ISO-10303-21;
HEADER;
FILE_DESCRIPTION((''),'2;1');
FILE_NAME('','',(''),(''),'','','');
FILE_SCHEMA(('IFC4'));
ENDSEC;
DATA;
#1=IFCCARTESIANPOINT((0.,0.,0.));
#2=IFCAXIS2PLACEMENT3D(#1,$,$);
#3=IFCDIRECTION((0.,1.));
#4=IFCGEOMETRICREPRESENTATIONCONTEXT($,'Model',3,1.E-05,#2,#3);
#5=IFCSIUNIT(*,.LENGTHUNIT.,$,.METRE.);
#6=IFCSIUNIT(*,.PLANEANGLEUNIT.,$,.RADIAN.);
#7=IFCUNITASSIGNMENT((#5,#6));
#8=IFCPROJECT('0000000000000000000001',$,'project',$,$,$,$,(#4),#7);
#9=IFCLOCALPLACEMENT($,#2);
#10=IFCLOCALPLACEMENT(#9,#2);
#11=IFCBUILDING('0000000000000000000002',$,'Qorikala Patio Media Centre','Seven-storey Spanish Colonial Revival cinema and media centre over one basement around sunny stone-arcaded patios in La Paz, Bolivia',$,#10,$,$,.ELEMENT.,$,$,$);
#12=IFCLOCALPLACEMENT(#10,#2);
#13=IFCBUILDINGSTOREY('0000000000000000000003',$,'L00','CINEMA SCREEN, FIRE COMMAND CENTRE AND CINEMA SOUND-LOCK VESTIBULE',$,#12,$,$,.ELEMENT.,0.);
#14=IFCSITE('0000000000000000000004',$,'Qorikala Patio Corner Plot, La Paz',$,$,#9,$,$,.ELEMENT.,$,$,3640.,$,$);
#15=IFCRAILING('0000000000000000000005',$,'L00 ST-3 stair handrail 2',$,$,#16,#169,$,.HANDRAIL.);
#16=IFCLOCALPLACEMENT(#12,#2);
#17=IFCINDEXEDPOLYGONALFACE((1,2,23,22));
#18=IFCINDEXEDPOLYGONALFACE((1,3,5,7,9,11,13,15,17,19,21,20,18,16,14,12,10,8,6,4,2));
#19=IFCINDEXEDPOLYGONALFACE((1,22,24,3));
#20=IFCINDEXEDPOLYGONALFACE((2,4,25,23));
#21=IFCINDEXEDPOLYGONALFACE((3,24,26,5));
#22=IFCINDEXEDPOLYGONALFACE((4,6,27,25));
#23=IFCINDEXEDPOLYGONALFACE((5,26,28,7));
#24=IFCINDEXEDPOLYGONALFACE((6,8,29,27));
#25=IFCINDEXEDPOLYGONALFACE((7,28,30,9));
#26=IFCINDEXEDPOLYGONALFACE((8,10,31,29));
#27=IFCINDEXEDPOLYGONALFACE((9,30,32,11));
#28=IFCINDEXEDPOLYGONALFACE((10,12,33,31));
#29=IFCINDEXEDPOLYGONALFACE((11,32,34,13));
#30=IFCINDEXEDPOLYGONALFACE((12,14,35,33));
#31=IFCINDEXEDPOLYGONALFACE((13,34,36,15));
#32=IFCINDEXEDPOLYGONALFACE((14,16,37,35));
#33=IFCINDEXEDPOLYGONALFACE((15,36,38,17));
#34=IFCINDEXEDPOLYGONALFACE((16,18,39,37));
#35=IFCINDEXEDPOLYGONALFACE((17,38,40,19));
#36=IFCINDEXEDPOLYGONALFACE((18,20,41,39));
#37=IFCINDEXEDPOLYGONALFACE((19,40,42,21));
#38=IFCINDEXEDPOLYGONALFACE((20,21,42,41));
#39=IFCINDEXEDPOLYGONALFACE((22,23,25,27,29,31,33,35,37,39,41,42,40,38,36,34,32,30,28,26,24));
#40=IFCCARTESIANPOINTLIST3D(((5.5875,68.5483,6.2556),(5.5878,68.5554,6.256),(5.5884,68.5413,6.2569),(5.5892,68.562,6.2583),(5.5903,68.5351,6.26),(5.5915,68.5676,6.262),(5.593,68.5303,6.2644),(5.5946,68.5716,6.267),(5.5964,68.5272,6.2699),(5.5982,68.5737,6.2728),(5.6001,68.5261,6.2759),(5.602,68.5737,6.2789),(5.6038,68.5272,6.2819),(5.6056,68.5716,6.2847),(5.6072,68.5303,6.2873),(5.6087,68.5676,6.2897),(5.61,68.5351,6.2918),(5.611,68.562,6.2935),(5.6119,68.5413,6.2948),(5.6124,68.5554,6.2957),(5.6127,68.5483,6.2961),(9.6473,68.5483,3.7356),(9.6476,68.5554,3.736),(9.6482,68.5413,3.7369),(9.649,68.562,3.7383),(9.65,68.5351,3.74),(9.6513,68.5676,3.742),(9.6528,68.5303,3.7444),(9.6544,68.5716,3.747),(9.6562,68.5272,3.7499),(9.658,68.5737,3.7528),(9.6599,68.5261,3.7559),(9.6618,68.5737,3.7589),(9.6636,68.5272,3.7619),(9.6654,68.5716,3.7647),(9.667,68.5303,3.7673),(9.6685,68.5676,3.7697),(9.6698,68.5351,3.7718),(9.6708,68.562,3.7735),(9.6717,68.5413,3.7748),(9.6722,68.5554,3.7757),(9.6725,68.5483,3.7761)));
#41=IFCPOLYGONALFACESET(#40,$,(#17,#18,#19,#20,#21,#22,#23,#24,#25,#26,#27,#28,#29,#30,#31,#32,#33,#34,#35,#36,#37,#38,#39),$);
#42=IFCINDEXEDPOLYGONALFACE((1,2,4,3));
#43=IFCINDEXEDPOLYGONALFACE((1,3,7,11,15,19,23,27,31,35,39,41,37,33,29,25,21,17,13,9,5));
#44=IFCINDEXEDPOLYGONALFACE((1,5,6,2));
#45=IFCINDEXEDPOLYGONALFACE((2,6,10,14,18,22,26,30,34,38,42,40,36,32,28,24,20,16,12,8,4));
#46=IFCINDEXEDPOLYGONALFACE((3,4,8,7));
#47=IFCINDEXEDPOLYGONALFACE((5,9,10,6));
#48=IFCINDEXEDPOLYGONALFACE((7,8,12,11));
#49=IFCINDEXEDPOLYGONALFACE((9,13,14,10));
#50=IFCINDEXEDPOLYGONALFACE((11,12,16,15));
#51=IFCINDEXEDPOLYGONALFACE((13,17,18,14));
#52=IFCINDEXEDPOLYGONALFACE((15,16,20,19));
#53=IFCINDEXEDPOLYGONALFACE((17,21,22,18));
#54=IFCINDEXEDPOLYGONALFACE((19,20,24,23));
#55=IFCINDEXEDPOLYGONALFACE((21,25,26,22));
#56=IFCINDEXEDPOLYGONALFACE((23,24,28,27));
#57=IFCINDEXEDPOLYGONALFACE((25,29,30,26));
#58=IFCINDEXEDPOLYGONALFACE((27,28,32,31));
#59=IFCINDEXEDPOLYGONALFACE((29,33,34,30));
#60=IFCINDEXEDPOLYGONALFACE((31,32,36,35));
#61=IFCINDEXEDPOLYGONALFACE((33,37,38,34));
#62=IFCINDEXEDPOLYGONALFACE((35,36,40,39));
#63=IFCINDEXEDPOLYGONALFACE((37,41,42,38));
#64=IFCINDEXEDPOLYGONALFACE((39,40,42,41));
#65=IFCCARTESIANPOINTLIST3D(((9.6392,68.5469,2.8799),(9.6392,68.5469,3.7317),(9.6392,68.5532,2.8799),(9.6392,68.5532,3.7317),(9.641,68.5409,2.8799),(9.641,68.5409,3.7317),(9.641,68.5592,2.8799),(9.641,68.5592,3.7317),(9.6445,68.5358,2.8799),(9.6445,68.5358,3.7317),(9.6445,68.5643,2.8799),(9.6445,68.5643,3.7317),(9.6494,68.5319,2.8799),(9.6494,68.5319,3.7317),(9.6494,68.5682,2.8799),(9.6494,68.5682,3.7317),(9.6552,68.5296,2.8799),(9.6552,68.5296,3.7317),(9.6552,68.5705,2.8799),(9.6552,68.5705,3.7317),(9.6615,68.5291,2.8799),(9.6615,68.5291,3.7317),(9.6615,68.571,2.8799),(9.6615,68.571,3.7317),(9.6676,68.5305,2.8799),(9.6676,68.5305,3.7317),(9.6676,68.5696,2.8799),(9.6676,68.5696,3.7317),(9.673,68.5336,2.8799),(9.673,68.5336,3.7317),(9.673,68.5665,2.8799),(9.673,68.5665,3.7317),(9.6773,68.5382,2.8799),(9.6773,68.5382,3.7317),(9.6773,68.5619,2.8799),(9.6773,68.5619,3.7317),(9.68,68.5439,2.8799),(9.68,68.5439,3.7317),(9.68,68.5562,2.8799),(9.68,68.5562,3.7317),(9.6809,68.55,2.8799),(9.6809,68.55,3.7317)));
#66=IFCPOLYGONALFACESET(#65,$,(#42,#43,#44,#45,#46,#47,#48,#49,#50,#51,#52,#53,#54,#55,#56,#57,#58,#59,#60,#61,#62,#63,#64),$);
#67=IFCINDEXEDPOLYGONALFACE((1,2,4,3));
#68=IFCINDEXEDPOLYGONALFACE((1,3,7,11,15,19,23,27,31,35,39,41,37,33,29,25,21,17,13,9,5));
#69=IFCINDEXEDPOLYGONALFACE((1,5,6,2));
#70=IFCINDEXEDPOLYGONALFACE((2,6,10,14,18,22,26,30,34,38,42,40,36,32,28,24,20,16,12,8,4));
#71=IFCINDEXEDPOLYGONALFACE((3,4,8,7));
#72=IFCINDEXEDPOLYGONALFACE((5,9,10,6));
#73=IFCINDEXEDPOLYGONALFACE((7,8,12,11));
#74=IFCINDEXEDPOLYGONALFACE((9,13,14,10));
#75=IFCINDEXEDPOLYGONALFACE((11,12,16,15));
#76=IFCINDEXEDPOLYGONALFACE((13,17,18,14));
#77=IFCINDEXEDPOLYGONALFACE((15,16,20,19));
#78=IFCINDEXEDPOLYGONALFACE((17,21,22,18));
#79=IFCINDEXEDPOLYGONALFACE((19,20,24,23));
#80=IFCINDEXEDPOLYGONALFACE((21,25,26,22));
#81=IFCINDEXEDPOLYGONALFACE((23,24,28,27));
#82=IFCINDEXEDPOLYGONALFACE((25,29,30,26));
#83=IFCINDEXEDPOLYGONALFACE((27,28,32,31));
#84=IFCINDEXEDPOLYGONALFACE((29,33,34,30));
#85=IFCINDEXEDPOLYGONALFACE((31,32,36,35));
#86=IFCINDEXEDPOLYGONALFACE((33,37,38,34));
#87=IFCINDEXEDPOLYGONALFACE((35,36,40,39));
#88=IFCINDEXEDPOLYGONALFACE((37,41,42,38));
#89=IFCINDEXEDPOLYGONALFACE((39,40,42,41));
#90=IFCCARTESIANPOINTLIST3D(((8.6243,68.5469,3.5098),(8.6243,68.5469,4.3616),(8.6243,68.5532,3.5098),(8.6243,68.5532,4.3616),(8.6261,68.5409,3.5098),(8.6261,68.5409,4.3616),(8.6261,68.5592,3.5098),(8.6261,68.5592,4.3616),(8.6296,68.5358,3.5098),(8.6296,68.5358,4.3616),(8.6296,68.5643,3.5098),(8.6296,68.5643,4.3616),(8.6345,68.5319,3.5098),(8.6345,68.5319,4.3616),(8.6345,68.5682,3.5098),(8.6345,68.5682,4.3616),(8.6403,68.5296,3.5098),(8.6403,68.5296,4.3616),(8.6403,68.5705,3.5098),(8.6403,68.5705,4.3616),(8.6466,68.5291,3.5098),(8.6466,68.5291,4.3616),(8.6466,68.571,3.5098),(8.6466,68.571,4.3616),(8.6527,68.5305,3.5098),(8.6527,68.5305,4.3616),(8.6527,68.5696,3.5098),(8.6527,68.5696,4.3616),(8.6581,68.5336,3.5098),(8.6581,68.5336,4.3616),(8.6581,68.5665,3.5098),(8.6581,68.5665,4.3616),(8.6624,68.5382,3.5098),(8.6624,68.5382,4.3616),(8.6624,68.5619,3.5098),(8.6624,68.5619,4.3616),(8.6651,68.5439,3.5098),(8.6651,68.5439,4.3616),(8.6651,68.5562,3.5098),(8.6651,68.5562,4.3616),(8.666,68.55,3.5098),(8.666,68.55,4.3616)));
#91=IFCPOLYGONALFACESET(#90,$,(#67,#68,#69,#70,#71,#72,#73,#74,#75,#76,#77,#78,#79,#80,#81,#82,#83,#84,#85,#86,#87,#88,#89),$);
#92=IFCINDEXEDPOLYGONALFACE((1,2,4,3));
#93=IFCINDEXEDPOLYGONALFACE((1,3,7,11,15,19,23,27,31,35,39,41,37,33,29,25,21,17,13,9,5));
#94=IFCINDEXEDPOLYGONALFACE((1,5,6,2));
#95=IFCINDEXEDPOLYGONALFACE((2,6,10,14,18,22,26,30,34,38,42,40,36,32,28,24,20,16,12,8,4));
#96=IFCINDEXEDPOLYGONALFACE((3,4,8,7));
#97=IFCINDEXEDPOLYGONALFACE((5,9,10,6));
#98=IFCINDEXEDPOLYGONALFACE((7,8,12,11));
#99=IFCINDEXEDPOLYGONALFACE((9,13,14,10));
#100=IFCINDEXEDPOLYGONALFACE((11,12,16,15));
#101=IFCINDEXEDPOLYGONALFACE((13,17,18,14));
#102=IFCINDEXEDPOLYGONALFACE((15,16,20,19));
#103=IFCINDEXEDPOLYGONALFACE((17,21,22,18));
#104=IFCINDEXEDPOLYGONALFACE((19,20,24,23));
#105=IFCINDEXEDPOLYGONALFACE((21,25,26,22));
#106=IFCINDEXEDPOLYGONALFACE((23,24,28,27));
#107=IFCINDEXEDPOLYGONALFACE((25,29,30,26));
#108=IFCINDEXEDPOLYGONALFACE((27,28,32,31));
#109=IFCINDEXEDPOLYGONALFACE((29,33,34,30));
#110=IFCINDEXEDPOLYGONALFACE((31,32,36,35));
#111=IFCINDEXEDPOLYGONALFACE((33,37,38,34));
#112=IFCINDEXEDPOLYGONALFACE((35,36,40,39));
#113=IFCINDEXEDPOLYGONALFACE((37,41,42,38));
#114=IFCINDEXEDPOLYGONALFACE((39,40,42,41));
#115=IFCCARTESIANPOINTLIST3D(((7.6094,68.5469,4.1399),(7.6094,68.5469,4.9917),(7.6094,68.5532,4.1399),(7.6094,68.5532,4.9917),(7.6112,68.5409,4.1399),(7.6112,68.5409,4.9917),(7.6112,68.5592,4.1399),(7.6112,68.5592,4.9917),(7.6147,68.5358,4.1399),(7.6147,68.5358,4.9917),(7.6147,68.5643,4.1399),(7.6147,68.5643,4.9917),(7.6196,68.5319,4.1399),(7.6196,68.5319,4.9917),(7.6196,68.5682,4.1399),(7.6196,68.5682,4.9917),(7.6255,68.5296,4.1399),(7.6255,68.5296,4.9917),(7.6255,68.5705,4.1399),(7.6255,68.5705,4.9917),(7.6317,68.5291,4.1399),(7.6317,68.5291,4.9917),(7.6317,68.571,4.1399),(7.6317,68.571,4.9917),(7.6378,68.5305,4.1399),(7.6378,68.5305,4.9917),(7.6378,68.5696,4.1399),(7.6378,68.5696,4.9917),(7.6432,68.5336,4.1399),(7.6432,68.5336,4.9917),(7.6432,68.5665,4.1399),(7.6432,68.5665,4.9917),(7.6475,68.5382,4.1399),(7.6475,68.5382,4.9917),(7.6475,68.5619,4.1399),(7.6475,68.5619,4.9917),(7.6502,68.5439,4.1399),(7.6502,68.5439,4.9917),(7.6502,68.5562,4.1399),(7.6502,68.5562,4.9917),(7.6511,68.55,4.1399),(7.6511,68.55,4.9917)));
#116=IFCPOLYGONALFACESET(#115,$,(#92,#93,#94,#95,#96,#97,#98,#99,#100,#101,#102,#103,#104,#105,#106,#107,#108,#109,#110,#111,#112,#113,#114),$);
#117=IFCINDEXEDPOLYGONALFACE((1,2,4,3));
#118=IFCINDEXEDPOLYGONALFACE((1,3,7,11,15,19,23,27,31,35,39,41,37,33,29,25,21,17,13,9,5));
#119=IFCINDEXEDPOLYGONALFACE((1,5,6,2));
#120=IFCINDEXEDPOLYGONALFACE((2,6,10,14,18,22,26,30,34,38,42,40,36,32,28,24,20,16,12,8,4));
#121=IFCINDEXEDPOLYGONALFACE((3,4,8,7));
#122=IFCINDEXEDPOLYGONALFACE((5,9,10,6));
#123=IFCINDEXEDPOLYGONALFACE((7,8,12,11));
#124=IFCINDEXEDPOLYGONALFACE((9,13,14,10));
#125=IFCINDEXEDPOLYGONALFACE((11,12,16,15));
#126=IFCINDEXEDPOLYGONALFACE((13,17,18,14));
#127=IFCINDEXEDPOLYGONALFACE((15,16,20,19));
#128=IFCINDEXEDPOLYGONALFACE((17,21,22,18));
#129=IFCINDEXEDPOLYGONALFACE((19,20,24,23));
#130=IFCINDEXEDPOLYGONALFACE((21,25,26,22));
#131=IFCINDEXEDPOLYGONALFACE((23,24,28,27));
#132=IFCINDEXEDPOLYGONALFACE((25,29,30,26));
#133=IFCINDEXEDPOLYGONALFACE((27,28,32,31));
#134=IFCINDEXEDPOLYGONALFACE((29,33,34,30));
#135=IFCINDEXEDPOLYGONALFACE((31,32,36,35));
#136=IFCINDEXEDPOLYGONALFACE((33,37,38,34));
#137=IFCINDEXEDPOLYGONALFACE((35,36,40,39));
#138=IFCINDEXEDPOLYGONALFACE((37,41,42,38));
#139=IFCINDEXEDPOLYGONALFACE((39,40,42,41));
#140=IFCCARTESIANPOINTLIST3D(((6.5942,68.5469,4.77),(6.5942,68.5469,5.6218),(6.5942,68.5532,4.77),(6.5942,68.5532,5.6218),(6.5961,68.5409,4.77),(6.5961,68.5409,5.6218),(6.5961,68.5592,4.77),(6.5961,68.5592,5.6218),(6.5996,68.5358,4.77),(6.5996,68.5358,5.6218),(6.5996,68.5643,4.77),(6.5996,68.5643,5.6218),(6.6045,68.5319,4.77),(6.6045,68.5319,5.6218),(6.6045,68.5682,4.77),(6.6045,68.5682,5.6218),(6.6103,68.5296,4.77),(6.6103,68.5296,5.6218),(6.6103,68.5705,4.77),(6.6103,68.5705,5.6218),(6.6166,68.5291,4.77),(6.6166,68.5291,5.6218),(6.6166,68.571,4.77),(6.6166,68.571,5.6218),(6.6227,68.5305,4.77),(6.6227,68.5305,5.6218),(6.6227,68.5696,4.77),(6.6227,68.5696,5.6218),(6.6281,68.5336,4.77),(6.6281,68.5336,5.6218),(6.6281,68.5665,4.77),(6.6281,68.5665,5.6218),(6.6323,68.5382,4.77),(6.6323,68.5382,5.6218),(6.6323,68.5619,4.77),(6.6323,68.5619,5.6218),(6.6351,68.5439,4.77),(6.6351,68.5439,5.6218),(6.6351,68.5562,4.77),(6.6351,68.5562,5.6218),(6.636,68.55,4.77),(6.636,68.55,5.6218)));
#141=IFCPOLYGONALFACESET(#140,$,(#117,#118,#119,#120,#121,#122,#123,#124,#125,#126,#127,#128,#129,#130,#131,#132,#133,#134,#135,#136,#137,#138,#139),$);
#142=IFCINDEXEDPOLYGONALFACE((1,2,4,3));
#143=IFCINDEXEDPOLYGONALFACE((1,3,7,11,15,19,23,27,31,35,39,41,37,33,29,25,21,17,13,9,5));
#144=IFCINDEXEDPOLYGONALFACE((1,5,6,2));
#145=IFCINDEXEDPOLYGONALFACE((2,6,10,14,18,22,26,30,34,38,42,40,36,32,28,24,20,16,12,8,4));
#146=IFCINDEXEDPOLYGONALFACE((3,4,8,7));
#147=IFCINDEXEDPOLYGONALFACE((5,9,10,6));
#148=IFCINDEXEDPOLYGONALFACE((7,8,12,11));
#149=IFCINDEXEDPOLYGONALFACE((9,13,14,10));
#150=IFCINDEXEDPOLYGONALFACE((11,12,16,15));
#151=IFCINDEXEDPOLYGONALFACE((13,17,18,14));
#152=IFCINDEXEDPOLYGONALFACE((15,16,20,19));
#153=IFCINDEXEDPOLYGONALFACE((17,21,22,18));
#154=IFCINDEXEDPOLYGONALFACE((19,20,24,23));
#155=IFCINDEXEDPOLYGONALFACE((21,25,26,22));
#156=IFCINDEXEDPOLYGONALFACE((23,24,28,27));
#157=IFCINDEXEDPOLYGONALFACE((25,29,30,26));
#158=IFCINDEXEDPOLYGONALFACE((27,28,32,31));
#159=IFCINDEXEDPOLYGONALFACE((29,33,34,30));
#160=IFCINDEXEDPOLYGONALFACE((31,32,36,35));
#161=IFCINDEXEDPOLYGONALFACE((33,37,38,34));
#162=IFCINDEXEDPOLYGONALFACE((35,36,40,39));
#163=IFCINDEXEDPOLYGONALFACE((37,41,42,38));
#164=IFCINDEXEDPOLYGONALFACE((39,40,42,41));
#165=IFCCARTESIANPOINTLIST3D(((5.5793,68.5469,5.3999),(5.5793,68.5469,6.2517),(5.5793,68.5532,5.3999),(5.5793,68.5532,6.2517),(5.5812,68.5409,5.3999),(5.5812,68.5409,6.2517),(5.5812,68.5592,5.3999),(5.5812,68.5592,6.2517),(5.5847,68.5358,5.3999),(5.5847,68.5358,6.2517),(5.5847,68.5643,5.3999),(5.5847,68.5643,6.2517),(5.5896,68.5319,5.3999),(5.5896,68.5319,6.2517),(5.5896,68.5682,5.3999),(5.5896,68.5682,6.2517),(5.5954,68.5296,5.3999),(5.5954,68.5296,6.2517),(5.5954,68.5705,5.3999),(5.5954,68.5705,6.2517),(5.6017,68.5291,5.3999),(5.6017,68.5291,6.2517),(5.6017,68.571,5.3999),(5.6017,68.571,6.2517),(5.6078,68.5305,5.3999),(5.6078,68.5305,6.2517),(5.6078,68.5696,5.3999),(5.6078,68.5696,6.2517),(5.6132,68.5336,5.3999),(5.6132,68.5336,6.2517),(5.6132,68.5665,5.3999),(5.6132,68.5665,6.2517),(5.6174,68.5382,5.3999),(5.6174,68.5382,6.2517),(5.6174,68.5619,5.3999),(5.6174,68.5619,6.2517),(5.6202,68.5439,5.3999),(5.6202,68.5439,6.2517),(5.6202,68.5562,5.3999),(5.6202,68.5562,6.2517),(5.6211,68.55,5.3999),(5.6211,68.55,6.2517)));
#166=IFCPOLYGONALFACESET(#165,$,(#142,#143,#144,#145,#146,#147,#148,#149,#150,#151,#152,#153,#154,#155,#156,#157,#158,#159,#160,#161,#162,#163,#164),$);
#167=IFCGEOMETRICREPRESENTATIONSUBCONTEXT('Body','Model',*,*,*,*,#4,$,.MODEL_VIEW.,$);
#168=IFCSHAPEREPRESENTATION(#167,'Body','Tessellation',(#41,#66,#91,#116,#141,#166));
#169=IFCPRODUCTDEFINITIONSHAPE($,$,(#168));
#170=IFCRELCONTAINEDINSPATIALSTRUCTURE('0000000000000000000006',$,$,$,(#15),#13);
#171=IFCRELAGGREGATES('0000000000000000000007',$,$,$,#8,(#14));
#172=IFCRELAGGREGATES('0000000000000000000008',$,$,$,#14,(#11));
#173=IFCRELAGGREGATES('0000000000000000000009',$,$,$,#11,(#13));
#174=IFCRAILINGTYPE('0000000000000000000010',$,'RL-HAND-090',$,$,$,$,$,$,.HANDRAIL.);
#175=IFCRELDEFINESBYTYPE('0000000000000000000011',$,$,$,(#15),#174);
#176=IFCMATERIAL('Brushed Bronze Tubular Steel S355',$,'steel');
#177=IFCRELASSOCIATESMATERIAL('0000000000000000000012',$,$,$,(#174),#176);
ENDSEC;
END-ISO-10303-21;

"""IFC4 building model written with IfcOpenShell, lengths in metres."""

from ifc_helpers import new_model, si_unit, direction, frame, origin, origin_2d, place, context, subcontext, project, spatial, circle, extrude, material, type_object, element, save


model = new_model("IFC4")

# Units and contexts
model_context = context("Model", 3, precision=1e-05, world=origin(), true_north=direction((0.0, 1.0)))
body_context = subcontext(model_context, "Body", "Model", "MODEL_VIEW")
ifc_project = project(units=[si_unit("LENGTHUNIT", "METRE"), si_unit("PLANEANGLEUNIT", "RADIAN")], contexts=[model_context])

# Site, building, storey
site_placement = place(None, origin())
site = spatial("IfcSite", under=ifc_project, at=site_placement, Name="Qorikala Patio Corner Plot, La Paz", CompositionType="ELEMENT", RefElevation=3640.0)
building_placement = place(site_placement, origin())
building = spatial("IfcBuilding", under=site, at=building_placement, Name="Qorikala Patio Media Centre", Description="Seven-storey Spanish Colonial Revival cinema and media centre over one basement around sunny stone-arcaded patios in La Paz, Bolivia", CompositionType="ELEMENT")
storey_placement = place(building_placement, origin())
storey = spatial("IfcBuildingStorey", under=building, at=storey_placement, Name="L00", Description="CINEMA SCREEN, FIRE COMMAND CENTRE AND CINEMA SOUND-LOCK VESTIBULE", CompositionType="ELEMENT", Elevation=0.0)

# Railing
ifc_material_1 = material(Name="Brushed Bronze Tubular Steel S355", Category="steel")
railing_type_1 = type_object("IfcRailingType", Name="RL-HAND-090", PredefinedType="HANDRAIL", material=ifc_material_1)
railing_1_placement = place(storey_placement, frame((9.6599, 68.55, 2.8799)))
element("IfcRailing", 1, at=railing_1_placement, inside=storey, type_object=railing_type_1, Name="L00 ST-3 stair handrail 2", PredefinedType="HANDRAIL", context=body_context, shape_type="SweptSolid", body=[
    extrude(circle(Radius=0.0239, at=origin_2d()), frame((0.0, 0.0, 0.876), z_axis=(-0.849628, 0.0, 0.527383), x_axis=(0.0, -1.0, 0.0)), (0.0, 0.0, 1.0), 4.7783),
    extrude(circle(Radius=0.021, at=origin_2d()), origin(), (0.0, 0.0, 1.0), 0.8518),
    extrude(circle(Radius=0.021, at=origin_2d()), frame((-1.0149, 0.0, 0.6299)), (0.0, 0.0, 1.0), 0.8518),
    extrude(circle(Radius=0.021, at=origin_2d()), frame((-2.0298, 0.0, 1.26)), (0.0, 0.0, 1.0), 0.8518),
    extrude(circle(Radius=0.021, at=origin_2d()), frame((-3.0449, 0.0, 1.8901)), (0.0, 0.0, 1.0), 0.8518),
    extrude(circle(Radius=0.021, at=origin_2d()), frame((-4.0598, 0.0, 2.52)), (0.0, 0.0, 1.0), 0.8518),
])

save(model, "model.ifc")
